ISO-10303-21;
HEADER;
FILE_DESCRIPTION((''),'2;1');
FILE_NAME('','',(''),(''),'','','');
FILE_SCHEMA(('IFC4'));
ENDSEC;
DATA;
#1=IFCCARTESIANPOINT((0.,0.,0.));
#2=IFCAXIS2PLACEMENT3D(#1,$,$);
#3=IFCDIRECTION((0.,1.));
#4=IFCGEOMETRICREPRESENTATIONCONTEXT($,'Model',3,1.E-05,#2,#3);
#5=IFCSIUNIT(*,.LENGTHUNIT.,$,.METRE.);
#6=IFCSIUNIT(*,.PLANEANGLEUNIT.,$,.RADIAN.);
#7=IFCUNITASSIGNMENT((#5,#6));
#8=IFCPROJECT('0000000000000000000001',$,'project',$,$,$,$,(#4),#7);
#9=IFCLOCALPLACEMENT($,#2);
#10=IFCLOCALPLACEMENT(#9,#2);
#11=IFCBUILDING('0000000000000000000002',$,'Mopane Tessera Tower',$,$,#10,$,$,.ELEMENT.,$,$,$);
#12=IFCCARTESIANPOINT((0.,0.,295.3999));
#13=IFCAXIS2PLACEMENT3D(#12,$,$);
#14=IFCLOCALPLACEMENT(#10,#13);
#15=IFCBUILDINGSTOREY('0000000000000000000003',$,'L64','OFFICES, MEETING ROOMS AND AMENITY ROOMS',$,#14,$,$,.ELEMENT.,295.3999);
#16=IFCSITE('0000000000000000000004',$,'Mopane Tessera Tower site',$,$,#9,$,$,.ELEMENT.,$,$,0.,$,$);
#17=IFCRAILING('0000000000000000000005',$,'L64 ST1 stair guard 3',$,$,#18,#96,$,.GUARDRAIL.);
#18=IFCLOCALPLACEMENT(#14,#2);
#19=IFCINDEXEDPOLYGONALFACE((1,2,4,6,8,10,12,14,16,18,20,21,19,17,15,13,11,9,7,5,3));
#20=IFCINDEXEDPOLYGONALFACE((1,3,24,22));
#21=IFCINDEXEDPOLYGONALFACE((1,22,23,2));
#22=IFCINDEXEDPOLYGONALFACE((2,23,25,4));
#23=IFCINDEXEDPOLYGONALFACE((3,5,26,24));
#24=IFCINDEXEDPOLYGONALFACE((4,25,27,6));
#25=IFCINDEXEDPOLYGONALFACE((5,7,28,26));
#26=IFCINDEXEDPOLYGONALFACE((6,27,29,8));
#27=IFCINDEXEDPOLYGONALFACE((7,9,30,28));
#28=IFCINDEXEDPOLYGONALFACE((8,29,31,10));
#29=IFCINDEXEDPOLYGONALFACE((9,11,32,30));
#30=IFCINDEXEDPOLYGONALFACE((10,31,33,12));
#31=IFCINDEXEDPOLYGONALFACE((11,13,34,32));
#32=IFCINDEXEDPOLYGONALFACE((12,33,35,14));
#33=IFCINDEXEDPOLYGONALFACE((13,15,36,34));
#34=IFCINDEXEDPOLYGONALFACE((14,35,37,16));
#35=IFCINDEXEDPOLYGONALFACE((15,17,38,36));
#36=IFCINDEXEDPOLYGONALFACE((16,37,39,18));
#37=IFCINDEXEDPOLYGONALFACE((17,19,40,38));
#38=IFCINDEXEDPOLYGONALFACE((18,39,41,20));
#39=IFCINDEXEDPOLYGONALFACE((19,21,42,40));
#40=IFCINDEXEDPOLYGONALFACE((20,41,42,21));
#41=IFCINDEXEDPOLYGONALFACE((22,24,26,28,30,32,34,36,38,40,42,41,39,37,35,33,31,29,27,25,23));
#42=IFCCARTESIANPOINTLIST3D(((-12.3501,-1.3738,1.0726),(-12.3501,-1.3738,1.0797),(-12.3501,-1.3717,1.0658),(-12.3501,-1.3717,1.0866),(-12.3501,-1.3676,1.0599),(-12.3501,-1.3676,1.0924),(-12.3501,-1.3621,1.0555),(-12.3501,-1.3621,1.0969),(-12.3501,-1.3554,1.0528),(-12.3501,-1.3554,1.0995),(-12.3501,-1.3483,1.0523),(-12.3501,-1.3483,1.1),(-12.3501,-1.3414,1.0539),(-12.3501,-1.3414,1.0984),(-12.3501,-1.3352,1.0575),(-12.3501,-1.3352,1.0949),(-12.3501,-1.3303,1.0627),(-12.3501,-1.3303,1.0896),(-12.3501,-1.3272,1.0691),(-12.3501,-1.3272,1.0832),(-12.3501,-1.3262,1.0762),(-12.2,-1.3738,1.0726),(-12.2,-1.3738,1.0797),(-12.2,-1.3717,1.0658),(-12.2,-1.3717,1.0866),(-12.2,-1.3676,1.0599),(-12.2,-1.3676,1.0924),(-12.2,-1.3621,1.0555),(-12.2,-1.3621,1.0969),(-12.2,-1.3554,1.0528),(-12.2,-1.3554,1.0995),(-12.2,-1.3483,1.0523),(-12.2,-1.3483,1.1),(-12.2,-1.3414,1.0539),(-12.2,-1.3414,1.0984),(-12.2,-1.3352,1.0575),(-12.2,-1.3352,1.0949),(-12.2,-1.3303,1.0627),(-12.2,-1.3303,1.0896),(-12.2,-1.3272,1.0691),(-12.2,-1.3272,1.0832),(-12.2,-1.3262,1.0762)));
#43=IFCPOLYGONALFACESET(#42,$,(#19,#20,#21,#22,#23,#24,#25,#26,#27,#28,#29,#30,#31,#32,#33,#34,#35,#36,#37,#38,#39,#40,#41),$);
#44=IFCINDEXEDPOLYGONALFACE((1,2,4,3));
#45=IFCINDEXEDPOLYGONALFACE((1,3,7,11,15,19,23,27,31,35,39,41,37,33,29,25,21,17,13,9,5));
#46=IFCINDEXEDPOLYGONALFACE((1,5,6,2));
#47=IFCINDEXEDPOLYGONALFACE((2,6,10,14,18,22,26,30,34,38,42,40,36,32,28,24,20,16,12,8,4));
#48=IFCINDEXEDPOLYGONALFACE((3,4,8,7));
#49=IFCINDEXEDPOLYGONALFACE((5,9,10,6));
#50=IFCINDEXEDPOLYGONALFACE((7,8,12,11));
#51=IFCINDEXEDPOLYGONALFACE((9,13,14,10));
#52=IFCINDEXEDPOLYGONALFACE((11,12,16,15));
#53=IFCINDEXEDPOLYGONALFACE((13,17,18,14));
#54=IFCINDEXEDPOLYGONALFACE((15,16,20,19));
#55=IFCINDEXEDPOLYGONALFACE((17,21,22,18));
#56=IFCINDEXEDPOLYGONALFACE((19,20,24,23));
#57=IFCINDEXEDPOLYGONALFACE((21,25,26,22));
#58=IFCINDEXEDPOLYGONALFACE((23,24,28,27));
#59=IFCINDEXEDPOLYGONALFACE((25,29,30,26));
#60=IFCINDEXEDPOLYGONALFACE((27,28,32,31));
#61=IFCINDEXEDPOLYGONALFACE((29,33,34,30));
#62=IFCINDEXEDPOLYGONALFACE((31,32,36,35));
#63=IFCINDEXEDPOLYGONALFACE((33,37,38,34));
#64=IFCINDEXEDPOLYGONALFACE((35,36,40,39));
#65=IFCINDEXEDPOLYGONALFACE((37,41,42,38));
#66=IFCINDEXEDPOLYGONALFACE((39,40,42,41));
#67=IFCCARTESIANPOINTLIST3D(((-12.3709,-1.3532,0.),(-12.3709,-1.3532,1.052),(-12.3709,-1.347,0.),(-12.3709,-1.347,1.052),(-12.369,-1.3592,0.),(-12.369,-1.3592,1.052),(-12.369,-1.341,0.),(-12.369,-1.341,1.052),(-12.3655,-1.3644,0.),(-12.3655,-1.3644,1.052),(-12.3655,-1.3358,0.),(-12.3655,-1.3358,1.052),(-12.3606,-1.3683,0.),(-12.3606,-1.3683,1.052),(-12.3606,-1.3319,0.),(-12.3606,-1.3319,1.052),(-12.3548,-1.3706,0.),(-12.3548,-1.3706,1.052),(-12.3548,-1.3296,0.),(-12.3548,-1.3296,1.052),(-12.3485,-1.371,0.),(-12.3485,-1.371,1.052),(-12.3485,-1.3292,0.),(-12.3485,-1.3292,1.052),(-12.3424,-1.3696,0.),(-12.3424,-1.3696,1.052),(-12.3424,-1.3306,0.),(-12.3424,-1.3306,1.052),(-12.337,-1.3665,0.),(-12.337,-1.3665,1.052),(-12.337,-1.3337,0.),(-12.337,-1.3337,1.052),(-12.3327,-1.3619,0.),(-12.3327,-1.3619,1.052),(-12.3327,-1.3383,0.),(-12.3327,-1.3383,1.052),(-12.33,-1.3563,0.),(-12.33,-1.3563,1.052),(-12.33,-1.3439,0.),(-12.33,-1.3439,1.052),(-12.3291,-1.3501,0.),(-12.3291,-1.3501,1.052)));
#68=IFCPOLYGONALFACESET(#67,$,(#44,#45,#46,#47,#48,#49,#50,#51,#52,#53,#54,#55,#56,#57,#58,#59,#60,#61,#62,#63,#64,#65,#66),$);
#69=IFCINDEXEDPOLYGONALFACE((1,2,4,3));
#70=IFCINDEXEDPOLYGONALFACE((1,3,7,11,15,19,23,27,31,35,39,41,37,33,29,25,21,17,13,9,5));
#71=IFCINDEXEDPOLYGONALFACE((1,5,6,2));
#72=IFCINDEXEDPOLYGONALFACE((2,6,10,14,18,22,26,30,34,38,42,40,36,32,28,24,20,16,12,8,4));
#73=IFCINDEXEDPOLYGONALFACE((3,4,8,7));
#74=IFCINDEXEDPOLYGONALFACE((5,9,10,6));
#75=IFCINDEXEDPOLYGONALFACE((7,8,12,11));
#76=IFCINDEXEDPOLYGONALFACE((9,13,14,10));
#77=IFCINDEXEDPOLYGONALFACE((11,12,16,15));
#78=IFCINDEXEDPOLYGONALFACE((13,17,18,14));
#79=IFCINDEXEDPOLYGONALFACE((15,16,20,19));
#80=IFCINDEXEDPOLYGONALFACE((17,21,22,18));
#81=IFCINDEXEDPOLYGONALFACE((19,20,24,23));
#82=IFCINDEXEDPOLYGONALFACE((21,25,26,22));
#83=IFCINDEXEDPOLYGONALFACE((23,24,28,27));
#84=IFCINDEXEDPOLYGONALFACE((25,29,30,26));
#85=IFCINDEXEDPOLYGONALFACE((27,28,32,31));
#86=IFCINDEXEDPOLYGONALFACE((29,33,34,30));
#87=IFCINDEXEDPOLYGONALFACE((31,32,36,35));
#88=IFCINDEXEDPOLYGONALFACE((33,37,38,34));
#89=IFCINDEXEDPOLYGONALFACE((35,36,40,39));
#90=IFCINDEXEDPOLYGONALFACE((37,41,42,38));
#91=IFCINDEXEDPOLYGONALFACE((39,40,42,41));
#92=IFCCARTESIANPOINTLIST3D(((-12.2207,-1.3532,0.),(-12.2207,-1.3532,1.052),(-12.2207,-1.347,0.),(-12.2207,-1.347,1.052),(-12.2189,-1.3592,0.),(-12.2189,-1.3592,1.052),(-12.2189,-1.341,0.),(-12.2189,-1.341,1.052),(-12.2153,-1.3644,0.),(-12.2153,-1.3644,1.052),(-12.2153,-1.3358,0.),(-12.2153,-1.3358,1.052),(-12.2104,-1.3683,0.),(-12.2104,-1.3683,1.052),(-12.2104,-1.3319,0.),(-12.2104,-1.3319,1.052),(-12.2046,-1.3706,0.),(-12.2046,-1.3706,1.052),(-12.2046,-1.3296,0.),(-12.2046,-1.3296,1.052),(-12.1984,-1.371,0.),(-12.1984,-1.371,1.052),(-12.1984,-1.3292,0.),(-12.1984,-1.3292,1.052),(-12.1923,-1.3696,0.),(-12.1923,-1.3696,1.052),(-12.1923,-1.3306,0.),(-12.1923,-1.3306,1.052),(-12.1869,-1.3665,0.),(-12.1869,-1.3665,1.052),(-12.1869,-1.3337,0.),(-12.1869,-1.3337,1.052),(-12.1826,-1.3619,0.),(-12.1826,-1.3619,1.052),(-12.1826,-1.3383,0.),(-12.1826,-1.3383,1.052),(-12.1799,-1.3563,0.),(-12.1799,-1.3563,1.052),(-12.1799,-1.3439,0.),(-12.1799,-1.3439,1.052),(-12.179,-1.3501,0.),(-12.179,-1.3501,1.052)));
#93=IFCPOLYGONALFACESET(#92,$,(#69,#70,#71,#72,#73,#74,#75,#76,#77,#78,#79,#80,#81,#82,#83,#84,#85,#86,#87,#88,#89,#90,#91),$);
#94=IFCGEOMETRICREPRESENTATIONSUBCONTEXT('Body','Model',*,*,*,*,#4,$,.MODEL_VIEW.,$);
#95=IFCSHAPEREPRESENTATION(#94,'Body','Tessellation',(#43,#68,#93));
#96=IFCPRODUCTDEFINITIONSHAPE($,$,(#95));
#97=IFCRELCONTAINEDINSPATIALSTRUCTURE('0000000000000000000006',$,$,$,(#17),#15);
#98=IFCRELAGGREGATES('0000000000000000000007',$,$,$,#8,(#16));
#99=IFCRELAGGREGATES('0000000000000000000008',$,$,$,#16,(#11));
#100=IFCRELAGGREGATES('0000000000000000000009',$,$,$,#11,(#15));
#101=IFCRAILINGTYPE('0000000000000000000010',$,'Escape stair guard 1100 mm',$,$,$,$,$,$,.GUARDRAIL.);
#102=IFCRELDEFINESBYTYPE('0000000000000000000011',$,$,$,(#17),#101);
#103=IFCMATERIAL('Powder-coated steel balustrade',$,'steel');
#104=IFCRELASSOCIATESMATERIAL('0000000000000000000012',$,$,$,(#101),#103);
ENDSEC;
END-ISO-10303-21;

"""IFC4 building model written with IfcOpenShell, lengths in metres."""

from ifc_helpers import new_model, si_unit, direction, frame, origin, origin_2d, place, context, subcontext, project, spatial, circle, extrude, material, type_object, element, save


model = new_model("IFC4")

# Units and contexts
model_context = context("Model", 3, precision=1e-05, world=origin(), true_north=direction((0.0, 1.0)))
body_context = subcontext(model_context, "Body", "Model", "MODEL_VIEW")
ifc_project = project(units=[si_unit("LENGTHUNIT", "METRE"), si_unit("PLANEANGLEUNIT", "RADIAN")], contexts=[model_context])

# Site, building, storey
site_placement = place(None, origin())
site = spatial("IfcSite", under=ifc_project, at=site_placement, Name="Mopane Tessera Tower site", CompositionType="ELEMENT", RefElevation=0.0)
building_placement = place(site_placement, origin())
building = spatial("IfcBuilding", under=site, at=building_placement, Name="Mopane Tessera Tower", CompositionType="ELEMENT")
storey_placement = place(building_placement, frame((0.0, 0.0, 295.3999)))
storey = spatial("IfcBuildingStorey", under=building, at=storey_placement, Name="L64", Description="OFFICES, MEETING ROOMS AND AMENITY ROOMS", CompositionType="ELEMENT", Elevation=295.3999)

# Railing
ifc_material_1 = material(Name="Powder-coated steel balustrade", Category="steel")
railing_type_1 = type_object("IfcRailingType", Name="Escape stair guard 1100 mm", PredefinedType="GUARDRAIL", material=ifc_material_1)
railing_1_placement = place(storey_placement, frame((-12.3501, -1.3501, 0.0)))
element("IfcRailing", 1, at=railing_1_placement, inside=storey, type_object=railing_type_1, Name="L64 ST1 stair guard 3", PredefinedType="GUARDRAIL", context=body_context, shape_type="SweptSolid", body=[
    extrude(circle(Radius=0.0239, at=origin_2d()), frame((0.0, 0.0, 1.0762), z_axis=(1.0, 0.0, 0.0), x_axis=(0.0, 1.0, 0.0)), (0.0, 0.0, 1.0), 0.1501),
    extrude(circle(Radius=0.021, at=origin_2d()), origin(), (0.0, 0.0, 1.0), 1.052),
    extrude(circle(Radius=0.021, at=origin_2d()), frame((0.1501, 0.0, 0.0)), (0.0, 0.0, 1.0), 1.052),
])

save(model, "model.ifc")
